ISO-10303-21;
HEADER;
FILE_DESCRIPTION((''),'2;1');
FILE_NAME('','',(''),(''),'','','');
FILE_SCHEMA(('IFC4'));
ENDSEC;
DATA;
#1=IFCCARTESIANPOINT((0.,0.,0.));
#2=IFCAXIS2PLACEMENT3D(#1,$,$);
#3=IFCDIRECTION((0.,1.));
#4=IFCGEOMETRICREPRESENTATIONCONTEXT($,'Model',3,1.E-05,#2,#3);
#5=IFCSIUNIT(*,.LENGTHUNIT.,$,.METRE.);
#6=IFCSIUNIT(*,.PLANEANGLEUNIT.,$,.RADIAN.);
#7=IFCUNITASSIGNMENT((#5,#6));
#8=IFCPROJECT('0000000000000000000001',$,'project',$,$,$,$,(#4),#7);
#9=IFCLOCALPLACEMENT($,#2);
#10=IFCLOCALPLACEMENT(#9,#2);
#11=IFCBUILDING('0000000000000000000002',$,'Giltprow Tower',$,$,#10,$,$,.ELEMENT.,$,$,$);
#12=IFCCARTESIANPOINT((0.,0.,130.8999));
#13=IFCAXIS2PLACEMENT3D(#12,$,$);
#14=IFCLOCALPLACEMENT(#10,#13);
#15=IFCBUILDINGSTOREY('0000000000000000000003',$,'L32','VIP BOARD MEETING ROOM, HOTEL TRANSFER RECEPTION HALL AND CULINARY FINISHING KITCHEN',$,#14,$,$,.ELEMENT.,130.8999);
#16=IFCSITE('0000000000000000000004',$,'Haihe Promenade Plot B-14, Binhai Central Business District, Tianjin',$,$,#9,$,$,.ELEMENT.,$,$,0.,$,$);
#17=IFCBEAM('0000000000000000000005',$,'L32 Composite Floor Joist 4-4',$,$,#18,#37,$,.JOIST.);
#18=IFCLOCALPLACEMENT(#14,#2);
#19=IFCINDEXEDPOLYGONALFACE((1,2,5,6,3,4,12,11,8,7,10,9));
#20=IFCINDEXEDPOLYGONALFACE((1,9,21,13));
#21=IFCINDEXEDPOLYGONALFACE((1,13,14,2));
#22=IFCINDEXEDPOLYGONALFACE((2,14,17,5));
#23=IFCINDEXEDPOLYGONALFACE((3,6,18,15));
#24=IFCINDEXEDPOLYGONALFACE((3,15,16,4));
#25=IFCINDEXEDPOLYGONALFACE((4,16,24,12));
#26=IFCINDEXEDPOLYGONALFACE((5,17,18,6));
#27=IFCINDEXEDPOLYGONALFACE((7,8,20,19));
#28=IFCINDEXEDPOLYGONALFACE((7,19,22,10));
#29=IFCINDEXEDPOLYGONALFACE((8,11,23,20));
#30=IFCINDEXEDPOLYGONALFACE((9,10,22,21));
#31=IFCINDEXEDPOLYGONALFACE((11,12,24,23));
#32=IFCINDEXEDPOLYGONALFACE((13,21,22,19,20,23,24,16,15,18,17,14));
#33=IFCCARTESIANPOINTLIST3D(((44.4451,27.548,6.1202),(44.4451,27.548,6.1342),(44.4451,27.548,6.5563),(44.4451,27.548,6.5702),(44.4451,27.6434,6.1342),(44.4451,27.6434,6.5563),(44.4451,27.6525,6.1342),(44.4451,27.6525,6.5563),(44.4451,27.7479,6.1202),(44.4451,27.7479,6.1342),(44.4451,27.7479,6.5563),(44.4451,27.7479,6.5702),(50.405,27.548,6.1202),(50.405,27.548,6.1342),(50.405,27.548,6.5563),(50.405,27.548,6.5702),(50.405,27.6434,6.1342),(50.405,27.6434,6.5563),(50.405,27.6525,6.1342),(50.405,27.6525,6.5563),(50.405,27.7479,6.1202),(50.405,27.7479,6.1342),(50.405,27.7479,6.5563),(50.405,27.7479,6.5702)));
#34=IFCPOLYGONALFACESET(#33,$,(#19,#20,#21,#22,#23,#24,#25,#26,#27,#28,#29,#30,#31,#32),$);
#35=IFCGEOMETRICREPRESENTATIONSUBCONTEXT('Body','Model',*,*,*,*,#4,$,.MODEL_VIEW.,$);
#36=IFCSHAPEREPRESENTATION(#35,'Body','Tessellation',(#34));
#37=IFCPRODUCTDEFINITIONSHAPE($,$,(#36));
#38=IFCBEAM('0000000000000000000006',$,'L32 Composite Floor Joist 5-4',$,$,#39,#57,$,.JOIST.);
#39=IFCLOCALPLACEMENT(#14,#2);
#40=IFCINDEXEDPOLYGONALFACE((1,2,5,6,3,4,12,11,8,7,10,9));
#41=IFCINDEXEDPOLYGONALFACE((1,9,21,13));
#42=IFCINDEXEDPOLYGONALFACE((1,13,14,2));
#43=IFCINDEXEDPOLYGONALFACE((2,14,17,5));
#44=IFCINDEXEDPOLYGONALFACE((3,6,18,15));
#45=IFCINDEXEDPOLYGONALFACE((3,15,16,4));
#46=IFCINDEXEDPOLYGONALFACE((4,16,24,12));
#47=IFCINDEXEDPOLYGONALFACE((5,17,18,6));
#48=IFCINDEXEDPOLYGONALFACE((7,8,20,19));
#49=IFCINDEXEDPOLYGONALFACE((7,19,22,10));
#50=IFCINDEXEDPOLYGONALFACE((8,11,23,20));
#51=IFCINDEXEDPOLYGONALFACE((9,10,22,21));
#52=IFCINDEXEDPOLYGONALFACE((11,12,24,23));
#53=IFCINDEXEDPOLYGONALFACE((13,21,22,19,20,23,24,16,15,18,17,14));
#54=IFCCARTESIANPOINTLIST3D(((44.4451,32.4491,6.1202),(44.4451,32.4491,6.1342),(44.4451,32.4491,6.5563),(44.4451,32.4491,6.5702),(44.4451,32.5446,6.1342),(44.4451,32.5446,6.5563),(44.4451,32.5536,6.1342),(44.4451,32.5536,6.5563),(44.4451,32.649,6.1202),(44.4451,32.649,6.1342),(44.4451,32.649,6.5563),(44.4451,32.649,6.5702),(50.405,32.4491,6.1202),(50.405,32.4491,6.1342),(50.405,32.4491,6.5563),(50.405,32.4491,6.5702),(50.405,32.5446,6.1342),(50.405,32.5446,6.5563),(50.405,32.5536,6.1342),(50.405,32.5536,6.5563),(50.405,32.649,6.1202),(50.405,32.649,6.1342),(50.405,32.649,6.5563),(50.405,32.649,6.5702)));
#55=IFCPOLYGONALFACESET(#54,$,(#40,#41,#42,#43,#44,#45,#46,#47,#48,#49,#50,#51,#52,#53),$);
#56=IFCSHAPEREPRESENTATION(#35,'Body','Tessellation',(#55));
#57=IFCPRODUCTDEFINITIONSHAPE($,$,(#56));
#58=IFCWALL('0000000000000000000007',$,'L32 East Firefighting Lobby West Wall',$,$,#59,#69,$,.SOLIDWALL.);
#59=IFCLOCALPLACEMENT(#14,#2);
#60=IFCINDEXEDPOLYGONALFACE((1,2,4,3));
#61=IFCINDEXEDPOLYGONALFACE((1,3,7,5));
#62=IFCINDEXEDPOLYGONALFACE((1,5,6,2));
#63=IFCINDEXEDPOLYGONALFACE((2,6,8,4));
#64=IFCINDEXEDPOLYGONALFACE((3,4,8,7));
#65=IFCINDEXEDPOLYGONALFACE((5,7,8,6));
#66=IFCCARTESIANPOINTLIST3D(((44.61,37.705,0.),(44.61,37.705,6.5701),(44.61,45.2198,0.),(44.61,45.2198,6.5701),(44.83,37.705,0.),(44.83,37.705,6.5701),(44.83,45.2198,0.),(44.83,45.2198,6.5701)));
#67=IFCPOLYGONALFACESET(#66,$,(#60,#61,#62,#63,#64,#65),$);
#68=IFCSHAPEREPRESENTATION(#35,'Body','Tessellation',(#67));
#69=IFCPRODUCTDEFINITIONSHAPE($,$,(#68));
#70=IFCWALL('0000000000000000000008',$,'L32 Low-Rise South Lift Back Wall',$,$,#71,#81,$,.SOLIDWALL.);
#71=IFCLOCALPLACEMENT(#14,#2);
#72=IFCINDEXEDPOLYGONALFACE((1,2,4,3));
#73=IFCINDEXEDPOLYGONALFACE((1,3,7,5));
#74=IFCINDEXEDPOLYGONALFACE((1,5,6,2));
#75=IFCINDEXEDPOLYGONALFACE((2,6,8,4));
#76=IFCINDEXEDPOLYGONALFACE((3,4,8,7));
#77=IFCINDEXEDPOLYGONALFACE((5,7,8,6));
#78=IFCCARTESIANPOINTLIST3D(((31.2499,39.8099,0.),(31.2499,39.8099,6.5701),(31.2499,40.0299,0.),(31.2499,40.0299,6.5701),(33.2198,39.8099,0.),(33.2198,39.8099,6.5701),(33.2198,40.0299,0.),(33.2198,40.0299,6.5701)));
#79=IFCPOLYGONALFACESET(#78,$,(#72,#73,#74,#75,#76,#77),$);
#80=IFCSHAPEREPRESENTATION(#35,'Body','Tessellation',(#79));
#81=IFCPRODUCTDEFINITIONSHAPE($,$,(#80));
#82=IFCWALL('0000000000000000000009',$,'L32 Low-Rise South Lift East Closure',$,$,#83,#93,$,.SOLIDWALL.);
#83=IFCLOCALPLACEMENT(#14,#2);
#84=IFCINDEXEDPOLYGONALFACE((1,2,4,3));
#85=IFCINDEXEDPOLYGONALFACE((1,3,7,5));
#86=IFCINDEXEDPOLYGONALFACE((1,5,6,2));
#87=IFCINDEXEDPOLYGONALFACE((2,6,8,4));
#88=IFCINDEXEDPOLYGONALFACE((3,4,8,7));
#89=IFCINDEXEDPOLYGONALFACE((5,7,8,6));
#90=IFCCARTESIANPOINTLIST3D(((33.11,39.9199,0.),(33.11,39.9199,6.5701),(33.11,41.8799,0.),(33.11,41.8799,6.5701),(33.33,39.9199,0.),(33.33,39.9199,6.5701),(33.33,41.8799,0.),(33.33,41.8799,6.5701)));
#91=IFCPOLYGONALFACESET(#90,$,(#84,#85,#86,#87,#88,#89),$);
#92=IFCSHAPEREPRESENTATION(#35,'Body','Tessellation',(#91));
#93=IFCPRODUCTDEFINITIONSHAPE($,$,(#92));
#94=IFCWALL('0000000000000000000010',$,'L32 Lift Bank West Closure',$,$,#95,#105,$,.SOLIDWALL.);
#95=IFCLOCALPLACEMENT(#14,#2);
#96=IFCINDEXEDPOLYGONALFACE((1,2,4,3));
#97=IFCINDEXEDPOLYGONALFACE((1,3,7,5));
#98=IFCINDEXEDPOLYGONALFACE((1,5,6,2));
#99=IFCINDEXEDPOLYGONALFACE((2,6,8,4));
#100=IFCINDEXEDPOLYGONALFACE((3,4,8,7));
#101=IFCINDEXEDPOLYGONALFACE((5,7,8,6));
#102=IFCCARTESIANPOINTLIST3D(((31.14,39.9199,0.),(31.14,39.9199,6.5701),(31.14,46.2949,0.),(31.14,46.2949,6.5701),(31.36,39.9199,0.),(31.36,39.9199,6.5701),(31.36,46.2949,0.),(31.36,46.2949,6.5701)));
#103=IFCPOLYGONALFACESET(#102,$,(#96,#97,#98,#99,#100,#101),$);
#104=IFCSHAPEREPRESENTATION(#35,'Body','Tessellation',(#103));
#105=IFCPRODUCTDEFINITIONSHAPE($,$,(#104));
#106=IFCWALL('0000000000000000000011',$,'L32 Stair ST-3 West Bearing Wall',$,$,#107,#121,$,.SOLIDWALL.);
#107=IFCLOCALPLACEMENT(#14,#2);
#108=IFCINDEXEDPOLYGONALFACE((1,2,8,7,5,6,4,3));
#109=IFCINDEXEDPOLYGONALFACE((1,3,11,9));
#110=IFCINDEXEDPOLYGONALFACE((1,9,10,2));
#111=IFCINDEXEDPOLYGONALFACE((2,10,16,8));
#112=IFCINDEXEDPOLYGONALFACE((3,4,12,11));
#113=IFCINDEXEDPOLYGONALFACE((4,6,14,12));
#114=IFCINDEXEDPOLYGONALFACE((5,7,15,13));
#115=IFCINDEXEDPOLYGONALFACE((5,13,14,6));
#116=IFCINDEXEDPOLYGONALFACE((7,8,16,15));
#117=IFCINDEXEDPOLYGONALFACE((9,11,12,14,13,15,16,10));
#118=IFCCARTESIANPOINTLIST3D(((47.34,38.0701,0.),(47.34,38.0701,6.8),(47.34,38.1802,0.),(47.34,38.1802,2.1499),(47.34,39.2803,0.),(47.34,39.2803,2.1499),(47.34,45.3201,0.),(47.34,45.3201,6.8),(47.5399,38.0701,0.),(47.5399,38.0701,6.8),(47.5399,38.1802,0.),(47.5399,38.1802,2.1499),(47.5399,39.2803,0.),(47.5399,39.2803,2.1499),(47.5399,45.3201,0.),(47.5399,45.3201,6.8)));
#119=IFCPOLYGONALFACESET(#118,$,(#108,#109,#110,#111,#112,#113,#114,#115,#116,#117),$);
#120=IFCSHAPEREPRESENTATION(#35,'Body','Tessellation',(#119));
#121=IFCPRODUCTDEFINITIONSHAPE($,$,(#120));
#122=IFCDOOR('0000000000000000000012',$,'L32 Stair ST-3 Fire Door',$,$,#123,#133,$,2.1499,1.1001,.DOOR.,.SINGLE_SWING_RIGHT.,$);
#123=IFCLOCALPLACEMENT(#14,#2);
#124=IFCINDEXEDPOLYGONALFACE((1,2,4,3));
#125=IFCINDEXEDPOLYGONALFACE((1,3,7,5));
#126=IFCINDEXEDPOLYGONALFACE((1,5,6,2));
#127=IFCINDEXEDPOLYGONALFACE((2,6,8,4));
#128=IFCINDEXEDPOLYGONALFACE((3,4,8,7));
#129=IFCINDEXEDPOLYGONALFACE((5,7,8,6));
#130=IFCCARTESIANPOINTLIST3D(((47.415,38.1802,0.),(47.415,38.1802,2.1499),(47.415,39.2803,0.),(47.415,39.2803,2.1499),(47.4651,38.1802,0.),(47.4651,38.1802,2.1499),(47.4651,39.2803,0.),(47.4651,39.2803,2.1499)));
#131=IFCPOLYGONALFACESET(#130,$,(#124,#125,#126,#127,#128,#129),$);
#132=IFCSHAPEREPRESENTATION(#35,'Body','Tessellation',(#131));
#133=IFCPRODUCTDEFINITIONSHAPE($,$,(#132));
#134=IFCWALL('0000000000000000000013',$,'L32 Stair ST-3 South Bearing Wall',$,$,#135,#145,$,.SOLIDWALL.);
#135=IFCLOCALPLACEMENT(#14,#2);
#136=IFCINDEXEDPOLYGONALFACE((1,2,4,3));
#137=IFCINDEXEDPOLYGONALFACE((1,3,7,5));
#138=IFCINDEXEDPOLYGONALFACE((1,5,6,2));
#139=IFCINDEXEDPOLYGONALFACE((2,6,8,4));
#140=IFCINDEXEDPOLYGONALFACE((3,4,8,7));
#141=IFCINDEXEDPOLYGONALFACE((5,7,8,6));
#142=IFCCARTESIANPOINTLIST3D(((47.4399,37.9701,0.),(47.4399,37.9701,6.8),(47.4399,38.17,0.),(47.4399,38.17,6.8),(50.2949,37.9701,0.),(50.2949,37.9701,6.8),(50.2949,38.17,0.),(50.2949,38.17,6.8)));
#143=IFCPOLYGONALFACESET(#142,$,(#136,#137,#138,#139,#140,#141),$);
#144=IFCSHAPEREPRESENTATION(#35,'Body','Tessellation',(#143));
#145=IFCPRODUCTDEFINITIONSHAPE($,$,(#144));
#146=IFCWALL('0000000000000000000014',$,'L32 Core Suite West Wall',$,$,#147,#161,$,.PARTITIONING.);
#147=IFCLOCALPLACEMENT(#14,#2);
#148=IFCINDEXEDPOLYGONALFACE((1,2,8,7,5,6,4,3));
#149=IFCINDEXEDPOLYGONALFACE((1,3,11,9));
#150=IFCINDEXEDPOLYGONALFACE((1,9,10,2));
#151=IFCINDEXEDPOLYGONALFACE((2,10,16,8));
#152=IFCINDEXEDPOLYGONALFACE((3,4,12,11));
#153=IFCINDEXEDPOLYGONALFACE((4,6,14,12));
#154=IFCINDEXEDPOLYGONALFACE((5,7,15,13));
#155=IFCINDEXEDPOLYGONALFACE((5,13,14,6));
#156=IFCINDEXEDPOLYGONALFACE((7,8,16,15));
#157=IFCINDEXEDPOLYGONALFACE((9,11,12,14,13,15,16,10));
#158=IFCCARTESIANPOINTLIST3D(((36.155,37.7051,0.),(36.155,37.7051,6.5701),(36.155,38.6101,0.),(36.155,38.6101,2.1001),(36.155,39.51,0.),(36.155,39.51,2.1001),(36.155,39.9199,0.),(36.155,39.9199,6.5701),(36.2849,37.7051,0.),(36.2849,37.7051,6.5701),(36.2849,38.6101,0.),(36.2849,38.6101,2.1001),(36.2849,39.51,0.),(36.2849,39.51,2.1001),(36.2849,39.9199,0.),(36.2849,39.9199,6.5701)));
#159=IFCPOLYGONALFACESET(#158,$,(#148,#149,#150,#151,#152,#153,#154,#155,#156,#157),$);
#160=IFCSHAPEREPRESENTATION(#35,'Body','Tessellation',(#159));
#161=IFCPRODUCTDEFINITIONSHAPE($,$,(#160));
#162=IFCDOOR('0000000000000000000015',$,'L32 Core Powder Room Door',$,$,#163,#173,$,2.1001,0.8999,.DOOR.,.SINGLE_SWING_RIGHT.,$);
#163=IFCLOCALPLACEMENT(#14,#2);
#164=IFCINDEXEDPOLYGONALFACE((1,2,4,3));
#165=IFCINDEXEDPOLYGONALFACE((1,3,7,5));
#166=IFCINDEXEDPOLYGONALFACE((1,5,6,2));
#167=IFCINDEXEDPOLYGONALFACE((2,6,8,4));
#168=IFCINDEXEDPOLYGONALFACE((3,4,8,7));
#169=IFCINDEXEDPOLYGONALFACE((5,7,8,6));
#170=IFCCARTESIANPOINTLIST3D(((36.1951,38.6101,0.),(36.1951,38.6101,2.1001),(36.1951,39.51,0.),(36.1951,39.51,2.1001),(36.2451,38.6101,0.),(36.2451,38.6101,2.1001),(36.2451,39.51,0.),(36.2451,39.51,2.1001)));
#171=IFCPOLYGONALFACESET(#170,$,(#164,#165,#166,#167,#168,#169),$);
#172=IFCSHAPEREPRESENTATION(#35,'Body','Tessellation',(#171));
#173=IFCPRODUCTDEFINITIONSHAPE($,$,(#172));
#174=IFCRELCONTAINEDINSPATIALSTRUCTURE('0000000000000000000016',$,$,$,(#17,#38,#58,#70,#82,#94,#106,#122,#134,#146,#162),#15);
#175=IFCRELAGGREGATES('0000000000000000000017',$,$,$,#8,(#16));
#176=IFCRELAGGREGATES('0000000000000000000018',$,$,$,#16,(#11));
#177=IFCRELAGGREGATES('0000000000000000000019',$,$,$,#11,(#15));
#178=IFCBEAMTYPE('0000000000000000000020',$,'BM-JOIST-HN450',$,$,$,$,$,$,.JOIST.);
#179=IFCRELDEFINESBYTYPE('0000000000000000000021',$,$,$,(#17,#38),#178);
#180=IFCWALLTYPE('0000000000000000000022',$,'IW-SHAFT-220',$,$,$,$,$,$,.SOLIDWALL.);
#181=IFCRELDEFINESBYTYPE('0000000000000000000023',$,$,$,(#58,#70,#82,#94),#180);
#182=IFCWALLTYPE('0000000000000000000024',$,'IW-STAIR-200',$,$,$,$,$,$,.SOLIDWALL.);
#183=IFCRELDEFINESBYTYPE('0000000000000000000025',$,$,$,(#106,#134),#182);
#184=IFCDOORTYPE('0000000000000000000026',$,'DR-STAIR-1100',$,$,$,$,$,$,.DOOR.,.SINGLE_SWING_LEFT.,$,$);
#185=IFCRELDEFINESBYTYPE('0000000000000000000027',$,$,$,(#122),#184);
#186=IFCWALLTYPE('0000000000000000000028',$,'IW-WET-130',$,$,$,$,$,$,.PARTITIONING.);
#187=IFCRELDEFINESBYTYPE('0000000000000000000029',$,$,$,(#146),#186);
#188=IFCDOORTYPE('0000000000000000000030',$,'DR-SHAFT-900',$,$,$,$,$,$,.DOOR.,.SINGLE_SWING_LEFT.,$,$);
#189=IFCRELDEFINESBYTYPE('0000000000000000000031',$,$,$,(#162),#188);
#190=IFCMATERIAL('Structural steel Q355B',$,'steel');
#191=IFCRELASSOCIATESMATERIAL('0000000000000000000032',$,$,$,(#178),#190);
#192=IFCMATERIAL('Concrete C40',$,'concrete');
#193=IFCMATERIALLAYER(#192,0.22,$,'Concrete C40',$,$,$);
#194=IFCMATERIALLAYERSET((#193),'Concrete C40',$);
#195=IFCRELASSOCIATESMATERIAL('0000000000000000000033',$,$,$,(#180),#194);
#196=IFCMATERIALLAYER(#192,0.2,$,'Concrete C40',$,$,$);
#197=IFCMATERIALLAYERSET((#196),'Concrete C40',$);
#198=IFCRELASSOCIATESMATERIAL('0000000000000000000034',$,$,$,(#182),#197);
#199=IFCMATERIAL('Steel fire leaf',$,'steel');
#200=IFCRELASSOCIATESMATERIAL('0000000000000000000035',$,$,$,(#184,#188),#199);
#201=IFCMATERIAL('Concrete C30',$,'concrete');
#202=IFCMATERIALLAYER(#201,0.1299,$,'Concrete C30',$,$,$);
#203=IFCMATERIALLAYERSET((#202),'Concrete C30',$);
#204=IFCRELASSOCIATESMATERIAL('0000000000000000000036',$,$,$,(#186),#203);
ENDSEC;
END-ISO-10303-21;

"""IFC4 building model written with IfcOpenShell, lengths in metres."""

from ifc_helpers import new_model, si_unit, direction, frame, frame_2d, origin, origin_2d, place, context, subcontext, project, spatial, rectangle, i_section, extrude, source, transform, mapped, material, layer, layer_set, material_profile, profile_set, type_object, element, fill, save


model = new_model("IFC4")

# Units and contexts
model_context = context("Model", 3, precision=1e-05, world=origin(), true_north=direction((0.0, 1.0)))
body_context = subcontext(model_context, "Body", "Model", "MODEL_VIEW")
ifc_project = project(units=[si_unit("LENGTHUNIT", "METRE"), si_unit("PLANEANGLEUNIT", "RADIAN")], contexts=[model_context])

# Site, building, storey
site_placement = place(None, origin())
site = spatial("IfcSite", under=ifc_project, at=site_placement, Name="Haihe Promenade Plot B-14, Binhai Central Business District, Tianjin", CompositionType="ELEMENT", RefElevation=0.0)
building_placement = place(site_placement, origin())
building = spatial("IfcBuilding", under=site, at=building_placement, Name="Giltprow Tower", CompositionType="ELEMENT")
storey_placement = place(building_placement, frame((0.0, 0.0, 130.8999)))
storey = spatial("IfcBuildingStorey", under=building, at=storey_placement, Name="L32", Description="VIP BOARD MEETING ROOM, HOTEL TRANSFER RECEPTION HALL AND CULINARY FINISHING KITCHEN", CompositionType="ELEMENT", Elevation=130.8999)

# Beams
ifc_material_1 = material(Name="Structural steel Q355B", Category="steel")
ifc_material_profile_1 = material_profile(ifc_material_1, i_section(OverallWidth=0.2, OverallDepth=0.45, WebThickness=0.009, FlangeThickness=0.0139, at=origin_2d()), Name="HN 450x200x9x14")
ifc_profile_set_1 = profile_set([ifc_material_profile_1], Name="Structural steel Q355B")
beam_type_1 = type_object("IfcBeamType", Name="BM-JOIST-HN450", PredefinedType="JOIST", material=ifc_profile_set_1)
shared_shape_1 = source(origin(), body_context, "Body", "SweptSolid", [
    extrude(i_section(OverallWidth=0.2, OverallDepth=0.45, WebThickness=0.009, FlangeThickness=0.0139, at=origin_2d()), origin(), (0.0, 0.0, 1.0), 5.96),
])
for number, where, z_axis, x_axis, name in (
    (1, (44.4451, 27.6479, 6.3452), (1.0, 0.0, 0.0), (0.0, 1.0, 0.0), "L32 Composite Floor Joist 4-4"),
    (2, (44.4451, 32.5491, 6.3452), (1.0, 0.0, 0.0), (0.0, 1.0, 0.0), "L32 Composite Floor Joist 5-4"),
):
    element("IfcBeam", number, at=place(storey_placement, frame(where, z_axis=z_axis, x_axis=x_axis)), inside=storey, type_object=beam_type_1, Name=name, PredefinedType="JOIST", context=body_context, shape_type="MappedRepresentation", body=[
        mapped(shared_shape_1, transform((0.0, 0.0, 0.0), x_axis=(1.0, 0.0, 0.0), y_axis=(0.0, 1.0, 0.0), z_axis=(0.0, 0.0, 1.0), scale=1.0)),
    ])

# Walls
ifc_material_2 = material(Name="Concrete C40", Category="concrete")
ifc_layer_1 = layer(ifc_material_2, 0.22, Name="Concrete C40")
ifc_layer_set_1 = layer_set([ifc_layer_1], Name="Concrete C40")
wall_type_1 = type_object("IfcWallType", Name="IW-SHAFT-220", PredefinedType="SOLIDWALL", material=ifc_layer_set_1)
wall_1_placement = place(storey_placement, frame((44.72, 37.7051, 0.0), z_axis=(0.0, 0.0, 1.0), x_axis=(0.0, 1.0, 0.0)))
element("IfcWall", 3, at=wall_1_placement, inside=storey, type_object=wall_type_1, Name="L32 East Firefighting Lobby West Wall", PredefinedType="SOLIDWALL", context=body_context, shape_type="SweptSolid", body=[
    extrude(rectangle(XDim=7.5149, YDim=0.22, at=frame_2d((3.7573, 0.0))), origin(), (0.0, 0.0, 1.0), 6.5701),
])
wall_2_placement = place(storey_placement, frame((31.25, 39.9199, 0.0), z_axis=(0.0, 0.0, 1.0), x_axis=(1.0, 0.0, 0.0)))
element("IfcWall", 4, at=wall_2_placement, inside=storey, type_object=wall_type_1, Name="L32 Low-Rise South Lift Back Wall", PredefinedType="SOLIDWALL", context=body_context, shape_type="SweptSolid", body=[
    extrude(rectangle(XDim=1.97, YDim=0.22, at=frame_2d((0.9849, 0.0))), origin(), (0.0, 0.0, 1.0), 6.5701),
])
wall_3_placement = place(storey_placement, frame((33.22, 39.9199, 0.0), z_axis=(0.0, 0.0, 1.0), x_axis=(0.0, 1.0, 0.0)))
element("IfcWall", 5, at=wall_3_placement, inside=storey, type_object=wall_type_1, Name="L32 Low-Rise South Lift East Closure", PredefinedType="SOLIDWALL", context=body_context, shape_type="SweptSolid", body=[
    extrude(rectangle(XDim=1.96, YDim=0.22, at=frame_2d((0.98, 0.0))), origin(), (0.0, 0.0, 1.0), 6.5701),
])
wall_4_placement = place(storey_placement, frame((31.25, 39.9199, 0.0), z_axis=(0.0, 0.0, 1.0), x_axis=(0.0, 1.0, 0.0)))
element("IfcWall", 6, at=wall_4_placement, inside=storey, type_object=wall_type_1, Name="L32 Lift Bank West Closure", PredefinedType="SOLIDWALL", context=body_context, shape_type="SweptSolid", body=[
    extrude(rectangle(XDim=6.375, YDim=0.22, at=frame_2d((3.1875, 0.0))), origin(), (0.0, 0.0, 1.0), 6.5701),
])

# Wall, opening, door
ifc_layer_2 = layer(ifc_material_2, 0.2, Name="Concrete C40")
ifc_layer_set_2 = layer_set([ifc_layer_2], Name="Concrete C40")
wall_type_2 = type_object("IfcWallType", Name="IW-STAIR-200", PredefinedType="SOLIDWALL", material=ifc_layer_set_2)
wall_5_placement = place(storey_placement, frame((47.4399, 38.0701, 0.0), z_axis=(0.0, 0.0, 1.0), x_axis=(0.0, 1.0, 0.0)))
wall_5 = element("IfcWall", 7, at=wall_5_placement, inside=storey, type_object=wall_type_2, Name="L32 Stair ST-3 West Bearing Wall", PredefinedType="SOLIDWALL", context=body_context, shape_type="SweptSolid", body=[
    extrude(rectangle(XDim=7.25, YDim=0.2, at=frame_2d((3.625, 0.0))), origin(), (0.0, 0.0, 1.0), 6.8),
])
opening_1_placement = place(wall_5_placement, frame((0.1101, 0.0, 0.0)))
opening_1 = element("IfcOpeningElement", 8, at=opening_1_placement, cuts=wall_5, PredefinedType="OPENING", context=body_context, shape_type="SweptSolid", body=[
    extrude(rectangle(XDim=1.1001, YDim=2.1499, at=frame_2d((0.55, 1.075))), frame((0.0, 0.1099, 0.0), z_axis=(0.0, -1.0, 0.0), x_axis=(1.0, 0.0, 0.0)), (0.0, 0.0, 1.0), 0.22),
])
ifc_material_3 = material(Name="Steel fire leaf", Category="steel")
door_type_1 = type_object("IfcDoorType", Name="DR-STAIR-1100", OperationType="SINGLE_SWING_LEFT", PredefinedType="DOOR", material=ifc_material_3)
shared_shape_2 = source(origin(), body_context, "Body", "SweptSolid", [
    extrude(rectangle(XDim=1.1001, YDim=2.1499, at=frame_2d((0.55, 1.075))), frame((0.0, 0.0249, 0.0), z_axis=(0.0, -1.0, 0.0), x_axis=(1.0, 0.0, 0.0)), (0.0, 0.0, 1.0), 0.05),
])
door_1_placement = place(opening_1_placement, origin())
door_1 = element("IfcDoor", 9, at=door_1_placement, inside=storey, type_object=door_type_1, Name="L32 Stair ST-3 Fire Door", OperationType="SINGLE_SWING_RIGHT", OverallHeight=2.1499, OverallWidth=1.1001, PredefinedType="DOOR", context=body_context, shape_type="MappedRepresentation", body=[
    mapped(shared_shape_2, transform((0.0, 0.0, 0.0), x_axis=(1.0, 0.0, 0.0), y_axis=(0.0, 1.0, 0.0), z_axis=(0.0, 0.0, 1.0), scale=1.0)),
])
fill(opening_1, door_1)

# Wall
wall_6_placement = place(storey_placement, frame((47.4399, 38.0701, 0.0), z_axis=(0.0, 0.0, 1.0), x_axis=(1.0, 0.0, 0.0)))
element("IfcWall", 10, at=wall_6_placement, inside=storey, type_object=wall_type_2, Name="L32 Stair ST-3 South Bearing Wall", PredefinedType="SOLIDWALL", context=body_context, shape_type="SweptSolid", body=[
    extrude(rectangle(XDim=2.855, YDim=0.2, at=frame_2d((1.4275, 0.0))), origin(), (0.0, 0.0, 1.0), 6.8),
])

# Wall, opening, door
ifc_material_4 = material(Name="Concrete C30", Category="concrete")
ifc_layer_3 = layer(ifc_material_4, 0.1299, Name="Concrete C30")
ifc_layer_set_3 = layer_set([ifc_layer_3], Name="Concrete C30")
wall_type_3 = type_object("IfcWallType", Name="IW-WET-130", PredefinedType="PARTITIONING", material=ifc_layer_set_3)
wall_7_placement = place(storey_placement, frame((36.22, 37.7051, 0.0), z_axis=(0.0, 0.0, 1.0), x_axis=(0.0, 1.0, 0.0)))
wall_7 = element("IfcWall", 11, at=wall_7_placement, inside=storey, type_object=wall_type_3, Name="L32 Core Suite West Wall", PredefinedType="PARTITIONING", context=body_context, shape_type="SweptSolid", body=[
    extrude(rectangle(XDim=2.2148, YDim=0.1299, at=frame_2d((1.1074, 0.0))), origin(), (0.0, 0.0, 1.0), 6.5701),
])
opening_2_placement = place(wall_7_placement, frame((0.905, 0.0, 0.0)))
opening_2 = element("IfcOpeningElement", 12, at=opening_2_placement, cuts=wall_7, PredefinedType="OPENING", context=body_context, shape_type="SweptSolid", body=[
    extrude(rectangle(XDim=0.8999, YDim=2.1001, at=frame_2d((0.45, 1.05))), frame((0.0, 0.075, 0.0), z_axis=(0.0, -1.0, 0.0), x_axis=(1.0, 0.0, 0.0)), (0.0, 0.0, 1.0), 0.1499),
])
door_type_2 = type_object("IfcDoorType", Name="DR-SHAFT-900", OperationType="SINGLE_SWING_LEFT", PredefinedType="DOOR", material=ifc_material_3)
shared_shape_3 = source(origin(), body_context, "Body", "SweptSolid", [
    extrude(rectangle(XDim=0.8999, YDim=2.1001, at=frame_2d((0.45, 1.05))), frame((0.0, 0.0249, 0.0), z_axis=(0.0, -1.0, 0.0), x_axis=(1.0, 0.0, 0.0)), (0.0, 0.0, 1.0), 0.05),
])
door_2_placement = place(opening_2_placement, origin())
door_2 = element("IfcDoor", 13, at=door_2_placement, inside=storey, type_object=door_type_2, Name="L32 Core Powder Room Door", OperationType="SINGLE_SWING_RIGHT", OverallHeight=2.1001, OverallWidth=0.8999, PredefinedType="DOOR", context=body_context, shape_type="MappedRepresentation", body=[
    mapped(shared_shape_3, transform((0.0, 0.0, 0.0), x_axis=(1.0, 0.0, 0.0), y_axis=(0.0, 1.0, 0.0), z_axis=(0.0, 0.0, 1.0), scale=1.0)),
])
fill(opening_2, door_2)

save(model, "model.ifc")
